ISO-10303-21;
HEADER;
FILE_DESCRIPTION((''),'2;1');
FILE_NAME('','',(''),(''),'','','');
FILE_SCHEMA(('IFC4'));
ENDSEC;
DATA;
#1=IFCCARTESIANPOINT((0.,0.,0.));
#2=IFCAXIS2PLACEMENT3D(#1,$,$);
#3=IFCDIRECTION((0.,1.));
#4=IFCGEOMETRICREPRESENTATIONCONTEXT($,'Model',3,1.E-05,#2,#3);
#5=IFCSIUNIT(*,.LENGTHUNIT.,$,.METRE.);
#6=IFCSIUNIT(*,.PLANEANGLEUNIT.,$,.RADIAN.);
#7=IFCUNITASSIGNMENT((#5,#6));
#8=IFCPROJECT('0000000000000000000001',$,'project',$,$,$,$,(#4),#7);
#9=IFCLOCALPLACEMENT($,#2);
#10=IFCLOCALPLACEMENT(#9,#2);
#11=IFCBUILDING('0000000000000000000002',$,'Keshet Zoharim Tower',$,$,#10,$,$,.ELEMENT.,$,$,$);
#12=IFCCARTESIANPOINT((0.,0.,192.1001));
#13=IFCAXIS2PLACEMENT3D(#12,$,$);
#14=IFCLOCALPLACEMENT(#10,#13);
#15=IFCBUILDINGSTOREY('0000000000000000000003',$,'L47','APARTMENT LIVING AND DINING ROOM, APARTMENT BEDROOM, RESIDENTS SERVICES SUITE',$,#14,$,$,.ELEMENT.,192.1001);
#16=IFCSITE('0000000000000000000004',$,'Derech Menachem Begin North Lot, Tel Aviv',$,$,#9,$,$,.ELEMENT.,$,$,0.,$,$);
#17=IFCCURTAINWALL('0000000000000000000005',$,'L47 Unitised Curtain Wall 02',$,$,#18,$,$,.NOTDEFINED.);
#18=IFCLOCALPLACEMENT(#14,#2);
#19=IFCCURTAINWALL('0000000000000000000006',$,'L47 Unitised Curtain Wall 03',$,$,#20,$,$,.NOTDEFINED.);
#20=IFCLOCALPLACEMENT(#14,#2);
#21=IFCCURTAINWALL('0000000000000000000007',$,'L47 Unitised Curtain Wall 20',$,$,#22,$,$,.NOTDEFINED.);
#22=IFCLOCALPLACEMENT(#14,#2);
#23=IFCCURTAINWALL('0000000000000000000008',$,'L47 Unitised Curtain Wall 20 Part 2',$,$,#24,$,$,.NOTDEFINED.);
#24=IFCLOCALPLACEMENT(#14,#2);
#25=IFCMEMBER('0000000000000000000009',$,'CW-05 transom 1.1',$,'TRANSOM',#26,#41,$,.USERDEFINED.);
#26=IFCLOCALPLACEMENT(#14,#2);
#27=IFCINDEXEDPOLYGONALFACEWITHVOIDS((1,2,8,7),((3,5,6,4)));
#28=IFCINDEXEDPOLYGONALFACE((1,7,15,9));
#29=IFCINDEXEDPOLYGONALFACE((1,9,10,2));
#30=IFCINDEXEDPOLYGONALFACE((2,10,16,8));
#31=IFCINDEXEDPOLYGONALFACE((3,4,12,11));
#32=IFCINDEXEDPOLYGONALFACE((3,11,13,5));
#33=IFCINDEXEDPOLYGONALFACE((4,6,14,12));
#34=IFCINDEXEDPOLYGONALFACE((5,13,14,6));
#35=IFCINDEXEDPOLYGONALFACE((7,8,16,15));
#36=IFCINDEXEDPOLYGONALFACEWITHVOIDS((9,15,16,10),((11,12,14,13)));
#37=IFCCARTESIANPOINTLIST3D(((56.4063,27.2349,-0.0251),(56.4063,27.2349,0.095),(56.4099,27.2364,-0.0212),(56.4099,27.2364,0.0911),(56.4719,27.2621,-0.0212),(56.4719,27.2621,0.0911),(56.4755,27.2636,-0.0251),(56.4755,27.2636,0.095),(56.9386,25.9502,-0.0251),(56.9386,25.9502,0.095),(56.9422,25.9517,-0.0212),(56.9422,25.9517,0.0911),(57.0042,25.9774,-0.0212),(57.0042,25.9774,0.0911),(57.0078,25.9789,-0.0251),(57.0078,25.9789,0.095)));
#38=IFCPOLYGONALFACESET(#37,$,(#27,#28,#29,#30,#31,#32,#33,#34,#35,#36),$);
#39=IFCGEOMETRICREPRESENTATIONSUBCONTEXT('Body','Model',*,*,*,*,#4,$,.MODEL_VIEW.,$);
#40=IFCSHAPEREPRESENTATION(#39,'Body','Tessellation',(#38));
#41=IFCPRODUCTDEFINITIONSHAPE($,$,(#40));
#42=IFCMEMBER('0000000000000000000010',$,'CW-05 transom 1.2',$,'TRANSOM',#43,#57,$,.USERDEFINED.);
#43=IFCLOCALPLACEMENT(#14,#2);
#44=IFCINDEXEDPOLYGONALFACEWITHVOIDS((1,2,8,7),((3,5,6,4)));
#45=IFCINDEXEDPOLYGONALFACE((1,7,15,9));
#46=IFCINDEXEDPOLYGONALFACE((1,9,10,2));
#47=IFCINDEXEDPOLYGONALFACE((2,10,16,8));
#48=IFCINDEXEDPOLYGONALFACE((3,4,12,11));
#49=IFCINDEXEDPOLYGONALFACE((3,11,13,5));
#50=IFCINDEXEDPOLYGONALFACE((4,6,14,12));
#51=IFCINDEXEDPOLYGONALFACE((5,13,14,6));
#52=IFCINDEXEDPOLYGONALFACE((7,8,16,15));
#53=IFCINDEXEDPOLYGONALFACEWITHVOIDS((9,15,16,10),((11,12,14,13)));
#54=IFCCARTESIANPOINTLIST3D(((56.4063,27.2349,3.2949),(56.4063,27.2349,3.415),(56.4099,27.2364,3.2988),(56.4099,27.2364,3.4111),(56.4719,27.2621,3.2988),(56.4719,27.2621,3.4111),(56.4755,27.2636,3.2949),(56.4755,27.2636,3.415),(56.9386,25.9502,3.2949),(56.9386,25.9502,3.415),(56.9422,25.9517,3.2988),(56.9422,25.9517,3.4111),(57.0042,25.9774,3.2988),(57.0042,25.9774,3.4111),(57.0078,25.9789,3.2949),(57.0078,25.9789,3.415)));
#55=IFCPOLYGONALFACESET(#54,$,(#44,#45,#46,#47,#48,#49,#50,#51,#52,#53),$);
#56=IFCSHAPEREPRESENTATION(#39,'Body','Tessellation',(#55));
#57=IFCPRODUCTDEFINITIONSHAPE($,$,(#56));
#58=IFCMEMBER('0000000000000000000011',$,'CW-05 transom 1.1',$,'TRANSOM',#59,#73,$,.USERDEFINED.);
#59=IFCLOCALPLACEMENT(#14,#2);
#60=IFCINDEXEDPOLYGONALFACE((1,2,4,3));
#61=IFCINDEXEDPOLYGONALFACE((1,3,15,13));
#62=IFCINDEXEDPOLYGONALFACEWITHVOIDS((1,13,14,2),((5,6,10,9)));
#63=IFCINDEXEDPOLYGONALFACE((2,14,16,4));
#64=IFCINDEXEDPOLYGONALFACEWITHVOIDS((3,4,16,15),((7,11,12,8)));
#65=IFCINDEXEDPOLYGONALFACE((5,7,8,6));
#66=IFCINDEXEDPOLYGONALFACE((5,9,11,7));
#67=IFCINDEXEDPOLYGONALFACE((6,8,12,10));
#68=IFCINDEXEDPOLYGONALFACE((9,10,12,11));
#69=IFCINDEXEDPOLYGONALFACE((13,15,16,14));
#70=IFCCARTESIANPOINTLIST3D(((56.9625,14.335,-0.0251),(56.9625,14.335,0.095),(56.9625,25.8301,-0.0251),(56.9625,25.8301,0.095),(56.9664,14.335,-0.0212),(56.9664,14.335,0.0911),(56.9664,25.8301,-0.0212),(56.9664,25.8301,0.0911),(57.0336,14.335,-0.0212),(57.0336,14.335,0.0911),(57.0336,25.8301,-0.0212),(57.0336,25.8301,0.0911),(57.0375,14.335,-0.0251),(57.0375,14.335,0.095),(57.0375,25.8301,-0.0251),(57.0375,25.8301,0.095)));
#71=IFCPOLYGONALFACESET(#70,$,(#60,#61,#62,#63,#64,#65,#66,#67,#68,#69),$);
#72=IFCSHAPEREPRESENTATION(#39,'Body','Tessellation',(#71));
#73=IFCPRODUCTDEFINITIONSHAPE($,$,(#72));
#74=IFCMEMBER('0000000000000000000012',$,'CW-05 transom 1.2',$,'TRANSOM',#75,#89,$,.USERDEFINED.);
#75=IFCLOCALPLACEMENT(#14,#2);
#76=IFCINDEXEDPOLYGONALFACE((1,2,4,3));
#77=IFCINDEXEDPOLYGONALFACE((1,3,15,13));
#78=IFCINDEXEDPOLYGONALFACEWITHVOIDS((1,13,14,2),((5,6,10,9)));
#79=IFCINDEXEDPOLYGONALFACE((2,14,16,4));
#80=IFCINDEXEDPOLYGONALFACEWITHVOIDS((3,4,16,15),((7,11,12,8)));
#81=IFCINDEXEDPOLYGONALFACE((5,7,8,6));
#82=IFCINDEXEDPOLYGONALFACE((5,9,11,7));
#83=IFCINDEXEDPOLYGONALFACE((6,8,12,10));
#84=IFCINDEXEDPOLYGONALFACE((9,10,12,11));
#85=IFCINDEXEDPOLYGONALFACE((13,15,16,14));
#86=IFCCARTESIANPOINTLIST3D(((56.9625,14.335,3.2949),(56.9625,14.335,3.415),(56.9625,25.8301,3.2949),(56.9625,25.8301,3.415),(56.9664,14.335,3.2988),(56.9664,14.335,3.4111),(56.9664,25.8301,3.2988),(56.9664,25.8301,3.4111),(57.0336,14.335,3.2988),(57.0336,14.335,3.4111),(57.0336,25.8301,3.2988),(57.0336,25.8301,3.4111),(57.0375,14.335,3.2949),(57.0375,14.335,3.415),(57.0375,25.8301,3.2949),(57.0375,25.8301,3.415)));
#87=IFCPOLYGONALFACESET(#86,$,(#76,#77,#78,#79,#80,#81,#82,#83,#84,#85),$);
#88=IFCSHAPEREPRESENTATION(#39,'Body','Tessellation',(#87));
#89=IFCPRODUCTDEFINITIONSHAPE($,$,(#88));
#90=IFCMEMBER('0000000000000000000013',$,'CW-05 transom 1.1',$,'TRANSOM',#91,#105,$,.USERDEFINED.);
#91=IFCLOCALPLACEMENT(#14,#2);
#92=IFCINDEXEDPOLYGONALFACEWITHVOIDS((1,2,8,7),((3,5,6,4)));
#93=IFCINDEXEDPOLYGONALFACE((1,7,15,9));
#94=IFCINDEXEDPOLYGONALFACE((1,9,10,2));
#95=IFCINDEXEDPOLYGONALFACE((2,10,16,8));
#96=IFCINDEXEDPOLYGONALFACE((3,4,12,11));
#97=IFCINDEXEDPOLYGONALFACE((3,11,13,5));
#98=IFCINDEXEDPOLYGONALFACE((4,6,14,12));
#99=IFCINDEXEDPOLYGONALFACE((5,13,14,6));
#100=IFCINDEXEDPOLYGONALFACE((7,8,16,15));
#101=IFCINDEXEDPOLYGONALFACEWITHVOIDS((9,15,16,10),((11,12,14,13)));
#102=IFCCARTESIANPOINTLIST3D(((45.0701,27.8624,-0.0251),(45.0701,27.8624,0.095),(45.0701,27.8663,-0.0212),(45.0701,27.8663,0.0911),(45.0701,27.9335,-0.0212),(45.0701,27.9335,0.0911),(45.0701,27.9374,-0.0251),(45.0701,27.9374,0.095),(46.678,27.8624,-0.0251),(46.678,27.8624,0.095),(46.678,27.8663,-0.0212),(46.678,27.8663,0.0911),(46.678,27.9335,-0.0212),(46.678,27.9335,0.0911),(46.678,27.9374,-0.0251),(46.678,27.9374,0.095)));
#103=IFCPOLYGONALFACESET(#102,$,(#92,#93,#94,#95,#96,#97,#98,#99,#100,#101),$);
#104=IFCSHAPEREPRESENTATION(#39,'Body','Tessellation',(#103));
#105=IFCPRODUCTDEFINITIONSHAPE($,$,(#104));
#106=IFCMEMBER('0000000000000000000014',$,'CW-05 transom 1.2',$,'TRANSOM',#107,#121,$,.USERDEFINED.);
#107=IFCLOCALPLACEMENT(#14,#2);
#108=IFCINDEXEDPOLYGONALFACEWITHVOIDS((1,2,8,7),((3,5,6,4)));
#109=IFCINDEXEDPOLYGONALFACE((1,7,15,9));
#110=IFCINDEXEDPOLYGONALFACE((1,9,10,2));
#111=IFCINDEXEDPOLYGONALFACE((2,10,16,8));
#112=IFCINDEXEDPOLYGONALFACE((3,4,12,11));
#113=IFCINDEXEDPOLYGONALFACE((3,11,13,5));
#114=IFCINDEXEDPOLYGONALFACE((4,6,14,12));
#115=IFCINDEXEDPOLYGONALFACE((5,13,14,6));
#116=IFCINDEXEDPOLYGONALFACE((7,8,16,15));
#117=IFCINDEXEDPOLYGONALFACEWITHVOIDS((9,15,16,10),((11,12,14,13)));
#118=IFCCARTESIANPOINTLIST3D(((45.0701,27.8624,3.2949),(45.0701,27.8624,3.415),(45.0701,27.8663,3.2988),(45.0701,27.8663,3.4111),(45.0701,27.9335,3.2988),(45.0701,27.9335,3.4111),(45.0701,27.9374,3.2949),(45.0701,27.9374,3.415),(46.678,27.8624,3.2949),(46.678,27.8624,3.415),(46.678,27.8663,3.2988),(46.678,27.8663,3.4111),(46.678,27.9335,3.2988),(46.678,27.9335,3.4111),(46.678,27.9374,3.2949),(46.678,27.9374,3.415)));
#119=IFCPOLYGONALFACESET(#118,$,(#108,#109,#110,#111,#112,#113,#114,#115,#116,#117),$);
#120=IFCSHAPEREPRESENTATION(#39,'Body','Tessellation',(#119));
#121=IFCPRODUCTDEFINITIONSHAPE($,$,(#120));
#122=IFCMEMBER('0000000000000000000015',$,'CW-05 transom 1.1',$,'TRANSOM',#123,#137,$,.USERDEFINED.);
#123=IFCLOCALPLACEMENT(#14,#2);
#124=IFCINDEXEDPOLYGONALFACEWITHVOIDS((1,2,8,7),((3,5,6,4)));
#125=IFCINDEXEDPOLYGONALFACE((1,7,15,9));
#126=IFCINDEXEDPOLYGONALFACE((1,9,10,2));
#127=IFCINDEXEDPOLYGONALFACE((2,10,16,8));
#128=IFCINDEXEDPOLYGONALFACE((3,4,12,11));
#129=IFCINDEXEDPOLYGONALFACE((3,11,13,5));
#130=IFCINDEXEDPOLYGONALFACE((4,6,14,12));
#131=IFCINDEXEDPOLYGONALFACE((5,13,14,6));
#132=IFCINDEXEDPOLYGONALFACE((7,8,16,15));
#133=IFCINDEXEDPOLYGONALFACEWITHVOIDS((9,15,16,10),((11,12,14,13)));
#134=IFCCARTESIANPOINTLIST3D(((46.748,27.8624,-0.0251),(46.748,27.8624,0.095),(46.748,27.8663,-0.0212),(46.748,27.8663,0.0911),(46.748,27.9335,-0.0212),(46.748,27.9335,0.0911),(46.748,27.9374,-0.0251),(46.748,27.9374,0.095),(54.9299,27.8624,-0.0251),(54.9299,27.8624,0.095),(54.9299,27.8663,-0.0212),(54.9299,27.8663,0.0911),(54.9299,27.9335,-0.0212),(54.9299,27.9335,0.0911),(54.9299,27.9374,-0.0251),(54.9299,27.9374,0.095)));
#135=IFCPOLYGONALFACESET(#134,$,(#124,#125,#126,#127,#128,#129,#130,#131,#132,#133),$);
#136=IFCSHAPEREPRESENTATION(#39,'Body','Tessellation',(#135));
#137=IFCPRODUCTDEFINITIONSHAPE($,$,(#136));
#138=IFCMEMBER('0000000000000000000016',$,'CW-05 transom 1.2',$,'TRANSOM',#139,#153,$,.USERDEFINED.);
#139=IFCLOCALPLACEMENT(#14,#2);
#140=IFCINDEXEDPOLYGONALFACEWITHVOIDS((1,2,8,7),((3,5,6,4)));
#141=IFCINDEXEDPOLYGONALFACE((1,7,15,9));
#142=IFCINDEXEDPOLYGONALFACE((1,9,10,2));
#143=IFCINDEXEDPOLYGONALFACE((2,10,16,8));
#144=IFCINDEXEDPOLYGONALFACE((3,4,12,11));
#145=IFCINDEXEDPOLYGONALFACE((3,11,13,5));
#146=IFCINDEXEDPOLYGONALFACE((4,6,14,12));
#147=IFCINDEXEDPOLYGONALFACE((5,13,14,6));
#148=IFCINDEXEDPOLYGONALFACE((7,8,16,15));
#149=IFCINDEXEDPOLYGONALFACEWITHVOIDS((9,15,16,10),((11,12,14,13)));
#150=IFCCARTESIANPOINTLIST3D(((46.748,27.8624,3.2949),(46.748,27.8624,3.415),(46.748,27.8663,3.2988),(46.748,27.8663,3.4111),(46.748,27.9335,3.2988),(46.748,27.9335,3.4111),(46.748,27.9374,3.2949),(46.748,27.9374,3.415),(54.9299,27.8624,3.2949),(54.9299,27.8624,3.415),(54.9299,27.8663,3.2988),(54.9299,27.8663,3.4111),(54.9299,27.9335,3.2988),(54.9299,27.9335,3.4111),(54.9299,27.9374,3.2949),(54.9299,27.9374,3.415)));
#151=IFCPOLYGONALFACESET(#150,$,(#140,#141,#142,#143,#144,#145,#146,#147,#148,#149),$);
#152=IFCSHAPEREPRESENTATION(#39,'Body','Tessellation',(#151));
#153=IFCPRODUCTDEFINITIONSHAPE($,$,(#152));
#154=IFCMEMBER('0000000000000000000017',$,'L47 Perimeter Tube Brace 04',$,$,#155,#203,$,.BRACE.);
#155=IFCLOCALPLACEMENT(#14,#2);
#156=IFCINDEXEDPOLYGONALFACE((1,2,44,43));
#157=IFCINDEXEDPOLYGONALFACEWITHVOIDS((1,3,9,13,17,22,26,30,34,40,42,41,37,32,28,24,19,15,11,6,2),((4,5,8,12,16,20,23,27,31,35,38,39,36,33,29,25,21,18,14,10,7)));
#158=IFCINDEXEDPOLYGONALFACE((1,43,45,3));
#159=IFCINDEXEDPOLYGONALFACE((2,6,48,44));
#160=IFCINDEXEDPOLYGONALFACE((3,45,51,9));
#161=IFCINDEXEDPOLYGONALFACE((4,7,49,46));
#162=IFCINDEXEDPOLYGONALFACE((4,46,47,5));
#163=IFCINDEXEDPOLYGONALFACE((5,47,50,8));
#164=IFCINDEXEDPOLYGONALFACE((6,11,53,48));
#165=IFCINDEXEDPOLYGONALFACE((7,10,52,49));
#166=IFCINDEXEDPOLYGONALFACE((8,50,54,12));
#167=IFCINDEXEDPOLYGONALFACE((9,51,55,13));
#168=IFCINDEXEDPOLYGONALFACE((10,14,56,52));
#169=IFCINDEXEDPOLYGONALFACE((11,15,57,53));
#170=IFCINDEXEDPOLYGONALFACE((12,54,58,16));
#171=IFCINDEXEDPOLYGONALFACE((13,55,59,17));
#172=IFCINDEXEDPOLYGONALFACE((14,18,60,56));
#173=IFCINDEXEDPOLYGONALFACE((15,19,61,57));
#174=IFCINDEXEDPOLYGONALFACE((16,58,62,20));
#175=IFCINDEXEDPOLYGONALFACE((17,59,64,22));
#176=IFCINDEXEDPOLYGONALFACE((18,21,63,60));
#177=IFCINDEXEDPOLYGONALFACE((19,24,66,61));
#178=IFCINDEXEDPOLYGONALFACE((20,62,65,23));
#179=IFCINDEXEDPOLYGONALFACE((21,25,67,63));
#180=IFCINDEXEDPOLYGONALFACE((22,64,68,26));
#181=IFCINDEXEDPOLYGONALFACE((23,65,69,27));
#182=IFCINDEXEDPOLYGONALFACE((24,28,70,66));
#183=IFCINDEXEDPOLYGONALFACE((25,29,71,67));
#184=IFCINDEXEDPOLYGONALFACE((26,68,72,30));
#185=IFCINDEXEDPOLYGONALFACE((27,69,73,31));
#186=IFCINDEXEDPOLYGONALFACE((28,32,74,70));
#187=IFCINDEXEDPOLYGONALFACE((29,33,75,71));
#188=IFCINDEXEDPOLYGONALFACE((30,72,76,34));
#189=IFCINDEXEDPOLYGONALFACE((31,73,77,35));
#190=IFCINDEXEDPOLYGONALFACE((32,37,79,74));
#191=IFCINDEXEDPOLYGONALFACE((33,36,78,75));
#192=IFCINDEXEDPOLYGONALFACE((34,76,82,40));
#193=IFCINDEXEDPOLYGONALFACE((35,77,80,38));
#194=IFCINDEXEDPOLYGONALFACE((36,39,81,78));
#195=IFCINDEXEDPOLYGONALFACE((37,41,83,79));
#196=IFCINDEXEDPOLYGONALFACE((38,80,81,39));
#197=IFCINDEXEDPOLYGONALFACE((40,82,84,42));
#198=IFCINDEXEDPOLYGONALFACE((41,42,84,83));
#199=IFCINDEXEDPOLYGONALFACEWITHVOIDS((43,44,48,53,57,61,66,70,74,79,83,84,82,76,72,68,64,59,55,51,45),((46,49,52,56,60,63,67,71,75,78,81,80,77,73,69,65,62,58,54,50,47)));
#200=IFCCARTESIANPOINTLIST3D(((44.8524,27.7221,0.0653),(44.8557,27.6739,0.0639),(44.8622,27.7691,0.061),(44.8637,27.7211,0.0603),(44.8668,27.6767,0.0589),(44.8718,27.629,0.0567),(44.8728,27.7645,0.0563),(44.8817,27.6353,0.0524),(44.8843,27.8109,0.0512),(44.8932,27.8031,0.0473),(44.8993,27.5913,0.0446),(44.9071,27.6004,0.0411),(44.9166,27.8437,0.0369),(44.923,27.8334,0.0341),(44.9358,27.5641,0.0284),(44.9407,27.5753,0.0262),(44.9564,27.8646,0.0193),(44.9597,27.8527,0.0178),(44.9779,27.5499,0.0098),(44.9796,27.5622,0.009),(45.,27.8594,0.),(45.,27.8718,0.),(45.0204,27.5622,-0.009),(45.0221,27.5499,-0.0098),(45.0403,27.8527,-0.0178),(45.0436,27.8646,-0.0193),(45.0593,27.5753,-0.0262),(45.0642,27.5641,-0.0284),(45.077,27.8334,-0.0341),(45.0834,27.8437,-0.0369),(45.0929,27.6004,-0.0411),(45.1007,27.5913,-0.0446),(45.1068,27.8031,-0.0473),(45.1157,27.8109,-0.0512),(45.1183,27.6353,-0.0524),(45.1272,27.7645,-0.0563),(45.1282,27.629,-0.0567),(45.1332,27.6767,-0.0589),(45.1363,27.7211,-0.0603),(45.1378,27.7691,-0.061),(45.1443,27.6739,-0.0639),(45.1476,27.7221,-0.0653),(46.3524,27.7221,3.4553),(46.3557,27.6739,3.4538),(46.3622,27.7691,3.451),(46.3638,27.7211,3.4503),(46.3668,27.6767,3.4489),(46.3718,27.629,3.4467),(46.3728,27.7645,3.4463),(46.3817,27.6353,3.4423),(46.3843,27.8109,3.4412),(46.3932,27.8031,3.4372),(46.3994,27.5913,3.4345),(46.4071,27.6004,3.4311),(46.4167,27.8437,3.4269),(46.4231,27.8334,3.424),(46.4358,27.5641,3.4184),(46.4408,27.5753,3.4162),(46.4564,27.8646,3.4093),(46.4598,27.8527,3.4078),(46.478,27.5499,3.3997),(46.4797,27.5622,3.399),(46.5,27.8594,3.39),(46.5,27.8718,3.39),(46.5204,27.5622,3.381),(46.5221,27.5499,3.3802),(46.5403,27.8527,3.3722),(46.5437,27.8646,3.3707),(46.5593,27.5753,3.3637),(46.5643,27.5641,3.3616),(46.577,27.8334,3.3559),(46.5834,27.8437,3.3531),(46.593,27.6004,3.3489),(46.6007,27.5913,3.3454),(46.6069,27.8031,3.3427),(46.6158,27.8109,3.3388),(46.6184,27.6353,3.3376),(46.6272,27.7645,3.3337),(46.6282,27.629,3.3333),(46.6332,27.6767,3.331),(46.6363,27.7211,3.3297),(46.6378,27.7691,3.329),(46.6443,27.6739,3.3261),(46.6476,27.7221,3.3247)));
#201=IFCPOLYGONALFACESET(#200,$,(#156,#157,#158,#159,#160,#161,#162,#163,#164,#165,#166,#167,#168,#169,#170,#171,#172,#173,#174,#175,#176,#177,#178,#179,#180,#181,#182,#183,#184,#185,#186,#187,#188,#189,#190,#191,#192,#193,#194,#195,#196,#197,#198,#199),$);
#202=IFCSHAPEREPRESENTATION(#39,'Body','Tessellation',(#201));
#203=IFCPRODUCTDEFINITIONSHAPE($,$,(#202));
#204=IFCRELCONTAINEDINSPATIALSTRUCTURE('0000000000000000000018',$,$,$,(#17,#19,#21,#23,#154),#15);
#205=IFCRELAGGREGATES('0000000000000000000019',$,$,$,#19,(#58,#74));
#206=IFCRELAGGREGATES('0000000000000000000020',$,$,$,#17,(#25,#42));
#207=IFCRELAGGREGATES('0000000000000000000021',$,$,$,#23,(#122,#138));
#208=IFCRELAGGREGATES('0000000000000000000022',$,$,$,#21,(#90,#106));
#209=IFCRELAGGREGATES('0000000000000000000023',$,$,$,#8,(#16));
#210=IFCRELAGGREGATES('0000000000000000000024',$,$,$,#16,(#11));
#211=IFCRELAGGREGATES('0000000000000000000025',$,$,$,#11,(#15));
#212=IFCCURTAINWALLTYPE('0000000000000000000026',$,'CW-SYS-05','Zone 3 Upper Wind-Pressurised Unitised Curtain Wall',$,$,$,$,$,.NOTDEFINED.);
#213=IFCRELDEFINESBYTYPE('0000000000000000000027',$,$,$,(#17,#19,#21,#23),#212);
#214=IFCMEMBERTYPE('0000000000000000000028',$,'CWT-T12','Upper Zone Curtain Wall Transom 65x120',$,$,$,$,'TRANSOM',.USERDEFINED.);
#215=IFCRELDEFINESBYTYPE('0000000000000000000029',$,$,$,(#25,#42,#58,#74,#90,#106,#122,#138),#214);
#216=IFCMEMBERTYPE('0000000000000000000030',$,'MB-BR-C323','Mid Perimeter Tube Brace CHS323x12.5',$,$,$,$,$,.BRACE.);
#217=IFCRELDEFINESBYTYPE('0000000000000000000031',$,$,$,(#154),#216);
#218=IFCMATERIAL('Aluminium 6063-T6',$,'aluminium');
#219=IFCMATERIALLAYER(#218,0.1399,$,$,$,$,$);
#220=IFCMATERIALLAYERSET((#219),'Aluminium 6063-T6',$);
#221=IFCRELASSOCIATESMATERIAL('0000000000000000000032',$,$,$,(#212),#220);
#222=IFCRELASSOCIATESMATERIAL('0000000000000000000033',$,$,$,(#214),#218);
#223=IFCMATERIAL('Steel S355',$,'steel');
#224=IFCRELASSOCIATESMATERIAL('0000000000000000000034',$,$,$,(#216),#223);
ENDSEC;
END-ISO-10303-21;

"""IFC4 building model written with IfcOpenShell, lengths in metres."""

from ifc_helpers import new_model, si_unit, direction, frame, origin, origin_2d, place, context, subcontext, project, spatial, hollow_rectangle, hollow_circle, extrude, material, layer, layer_set, material_profile, profile_set, type_object, element, aggregate, save


model = new_model("IFC4")

# Units and contexts
model_context = context("Model", 3, precision=1e-05, world=origin(), true_north=direction((0.0, 1.0)))
body_context = subcontext(model_context, "Body", "Model", "MODEL_VIEW")
ifc_project = project(units=[si_unit("LENGTHUNIT", "METRE"), si_unit("PLANEANGLEUNIT", "RADIAN")], contexts=[model_context])

# Site, building, storey
site_placement = place(None, origin())
site = spatial("IfcSite", under=ifc_project, at=site_placement, Name="Derech Menachem Begin North Lot, Tel Aviv", CompositionType="ELEMENT", RefElevation=0.0)
building_placement = place(site_placement, origin())
building = spatial("IfcBuilding", under=site, at=building_placement, Name="Keshet Zoharim Tower", CompositionType="ELEMENT")
storey_placement = place(building_placement, frame((0.0, 0.0, 192.1001)))
storey = spatial("IfcBuildingStorey", under=building, at=storey_placement, Name="L47", Description="APARTMENT LIVING AND DINING ROOM, APARTMENT BEDROOM, RESIDENTS SERVICES SUITE", CompositionType="ELEMENT", Elevation=192.1001)

# Shared definitions
ifc_material_1 = material(Name="Steel S355", Category="steel")

# Curtain wall
ifc_material_2 = material(Name="Aluminium 6063-T6", Category="aluminium")
ifc_layer_1 = layer(ifc_material_2, 0.1399)
ifc_layer_set_1 = layer_set([ifc_layer_1], Name="Aluminium 6063-T6")
curtain_wall_type = type_object("IfcCurtainWallType", Name="CW-SYS-05", Description="Zone 3 Upper Wind-Pressurised Unitised Curtain Wall", PredefinedType="NOTDEFINED", material=ifc_layer_set_1)
curtain_wall_1_placement = place(storey_placement, origin())
curtain_wall_1 = element("IfcCurtainWall", 1, at=curtain_wall_1_placement, inside=storey, type_object=curtain_wall_type, Name="L47 Unitised Curtain Wall 02", PredefinedType="NOTDEFINED")

# Curtain wall
curtain_wall_2_placement = place(storey_placement, origin())
curtain_wall_2 = element("IfcCurtainWall", 2, at=curtain_wall_2_placement, inside=storey, type_object=curtain_wall_type, Name="L47 Unitised Curtain Wall 03", PredefinedType="NOTDEFINED")

# Curtain wall
curtain_wall_3_placement = place(storey_placement, origin())
curtain_wall_3 = element("IfcCurtainWall", 3, at=curtain_wall_3_placement, inside=storey, type_object=curtain_wall_type, Name="L47 Unitised Curtain Wall 20", PredefinedType="NOTDEFINED")

# Curtain wall
curtain_wall_4_placement = place(storey_placement, origin())
curtain_wall_4 = element("IfcCurtainWall", 4, at=curtain_wall_4_placement, inside=storey, type_object=curtain_wall_type, Name="L47 Unitised Curtain Wall 20 Part 2", PredefinedType="NOTDEFINED")

# Members
ifc_material_profile_1 = material_profile(ifc_material_2, hollow_rectangle(XDim=0.075, YDim=0.1201, WallThickness=0.0039, at=origin_2d()), Name="TRN-75x120")
ifc_profile_set_1 = profile_set([ifc_material_profile_1], Name="Aluminium 6063-T6")
member_type_1 = type_object("IfcMemberType", Name="CWT-T12", Description="Upper Zone Curtain Wall Transom 65x120", ElementType="TRANSOM", PredefinedType="USERDEFINED", material=ifc_profile_set_1)
member_1_placement = place(storey_placement, frame((56.4409, 27.2493, 0.0349), z_axis=(0.382745, -0.923854, 0.0), x_axis=(0.923854, 0.382745, 0.0)))
member_1 = element("IfcMember", 5, at=member_1_placement, type_object=member_type_1, Name="CW-05 transom 1.1", ObjectType="TRANSOM", PredefinedType="USERDEFINED", context=body_context, shape_type="SweptSolid", body=[
    extrude(hollow_rectangle(XDim=0.075, YDim=0.1201, WallThickness=0.0039, at=origin_2d()), origin(), (0.0, 0.0, 1.0), 1.3906),
])
member_2_placement = place(storey_placement, frame((56.4409, 27.2493, 3.355), z_axis=(0.382745, -0.923854, 0.0), x_axis=(0.923854, 0.382745, 0.0)))
member_2 = element("IfcMember", 6, at=member_2_placement, type_object=member_type_1, Name="CW-05 transom 1.2", ObjectType="TRANSOM", PredefinedType="USERDEFINED", context=body_context, shape_type="SweptSolid", body=[
    extrude(hollow_rectangle(XDim=0.075, YDim=0.1201, WallThickness=0.0039, at=origin_2d()), origin(), (0.0, 0.0, 1.0), 1.3906),
])
member_3_placement = place(storey_placement, frame((57.0, 25.8301, 0.0349), z_axis=(0.0, -1.0, 0.0), x_axis=(1.0, 0.0, 0.0)))
member_3 = element("IfcMember", 7, at=member_3_placement, type_object=member_type_1, Name="CW-05 transom 1.1", ObjectType="TRANSOM", PredefinedType="USERDEFINED", context=body_context, shape_type="SweptSolid", body=[
    extrude(hollow_rectangle(XDim=0.075, YDim=0.1201, WallThickness=0.0039, at=origin_2d()), origin(), (0.0, 0.0, 1.0), 11.4951),
])
member_4_placement = place(storey_placement, frame((57.0, 25.8301, 3.355), z_axis=(0.0, -1.0, 0.0), x_axis=(1.0, 0.0, 0.0)))
member_4 = element("IfcMember", 8, at=member_4_placement, type_object=member_type_1, Name="CW-05 transom 1.2", ObjectType="TRANSOM", PredefinedType="USERDEFINED", context=body_context, shape_type="SweptSolid", body=[
    extrude(hollow_rectangle(XDim=0.075, YDim=0.1201, WallThickness=0.0039, at=origin_2d()), origin(), (0.0, 0.0, 1.0), 11.4951),
])
aggregate(curtain_wall_2, [member_3, member_4])
member_5_placement = place(storey_placement, frame((45.0701, 27.8999, 0.0349), z_axis=(1.0, 0.0, 0.0), x_axis=(0.0, 1.0, 0.0)))
member_5 = element("IfcMember", 9, at=member_5_placement, type_object=member_type_1, Name="CW-05 transom 1.1", ObjectType="TRANSOM", PredefinedType="USERDEFINED", context=body_context, shape_type="SweptSolid", body=[
    extrude(hollow_rectangle(XDim=0.075, YDim=0.1201, WallThickness=0.0039, at=origin_2d()), origin(), (0.0, 0.0, 1.0), 1.6079),
])
member_6_placement = place(storey_placement, frame((45.0701, 27.8999, 3.355), z_axis=(1.0, 0.0, 0.0), x_axis=(0.0, 1.0, 0.0)))
member_6 = element("IfcMember", 10, at=member_6_placement, type_object=member_type_1, Name="CW-05 transom 1.2", ObjectType="TRANSOM", PredefinedType="USERDEFINED", context=body_context, shape_type="SweptSolid", body=[
    extrude(hollow_rectangle(XDim=0.075, YDim=0.1201, WallThickness=0.0039, at=origin_2d()), origin(), (0.0, 0.0, 1.0), 1.6079),
])
member_7_placement = place(storey_placement, frame((46.748, 27.8999, 0.0349), z_axis=(1.0, 0.0, 0.0), x_axis=(0.0, 1.0, 0.0)))
member_7 = element("IfcMember", 11, at=member_7_placement, type_object=member_type_1, Name="CW-05 transom 1.1", ObjectType="TRANSOM", PredefinedType="USERDEFINED", context=body_context, shape_type="SweptSolid", body=[
    extrude(hollow_rectangle(XDim=0.075, YDim=0.1201, WallThickness=0.0039, at=origin_2d()), origin(), (0.0, 0.0, 1.0), 8.1819),
])
member_8_placement = place(storey_placement, frame((46.748, 27.8999, 3.355), z_axis=(1.0, 0.0, 0.0), x_axis=(0.0, 1.0, 0.0)))
member_8 = element("IfcMember", 12, at=member_8_placement, type_object=member_type_1, Name="CW-05 transom 1.2", ObjectType="TRANSOM", PredefinedType="USERDEFINED", context=body_context, shape_type="SweptSolid", body=[
    extrude(hollow_rectangle(XDim=0.075, YDim=0.1201, WallThickness=0.0039, at=origin_2d()), origin(), (0.0, 0.0, 1.0), 8.1819),
])
ifc_material_profile_2 = material_profile(ifc_material_1, hollow_circle(Radius=0.1619, WallThickness=0.0125, at=origin_2d()), Name="CHS323x12.5")
ifc_profile_set_2 = profile_set([ifc_material_profile_2], Name="Steel S355")
member_type_2 = type_object("IfcMemberType", Name="MB-BR-C323", Description="Mid Perimeter Tube Brace CHS323x12.5", PredefinedType="BRACE", material=ifc_profile_set_2)
member_9_placement = place(storey_placement, frame((45.0, 27.71, 0.0), z_axis=(0.404647, 0.0, 0.914473), x_axis=(0.0, 1.0, 0.0)))
element("IfcMember", 13, at=member_9_placement, inside=storey, type_object=member_type_2, Name="L47 Perimeter Tube Brace 04", PredefinedType="BRACE", context=body_context, shape_type="SweptSolid", body=[
    extrude(hollow_circle(Radius=0.1619, WallThickness=0.0125, at=origin_2d()), origin(), (0.0, 0.0, 1.0), 3.707),
])

aggregate(curtain_wall_1, [member_1, member_2])
aggregate(curtain_wall_4, [member_7, member_8])
aggregate(curtain_wall_3, [member_5, member_6])

save(model, "model.ifc")
